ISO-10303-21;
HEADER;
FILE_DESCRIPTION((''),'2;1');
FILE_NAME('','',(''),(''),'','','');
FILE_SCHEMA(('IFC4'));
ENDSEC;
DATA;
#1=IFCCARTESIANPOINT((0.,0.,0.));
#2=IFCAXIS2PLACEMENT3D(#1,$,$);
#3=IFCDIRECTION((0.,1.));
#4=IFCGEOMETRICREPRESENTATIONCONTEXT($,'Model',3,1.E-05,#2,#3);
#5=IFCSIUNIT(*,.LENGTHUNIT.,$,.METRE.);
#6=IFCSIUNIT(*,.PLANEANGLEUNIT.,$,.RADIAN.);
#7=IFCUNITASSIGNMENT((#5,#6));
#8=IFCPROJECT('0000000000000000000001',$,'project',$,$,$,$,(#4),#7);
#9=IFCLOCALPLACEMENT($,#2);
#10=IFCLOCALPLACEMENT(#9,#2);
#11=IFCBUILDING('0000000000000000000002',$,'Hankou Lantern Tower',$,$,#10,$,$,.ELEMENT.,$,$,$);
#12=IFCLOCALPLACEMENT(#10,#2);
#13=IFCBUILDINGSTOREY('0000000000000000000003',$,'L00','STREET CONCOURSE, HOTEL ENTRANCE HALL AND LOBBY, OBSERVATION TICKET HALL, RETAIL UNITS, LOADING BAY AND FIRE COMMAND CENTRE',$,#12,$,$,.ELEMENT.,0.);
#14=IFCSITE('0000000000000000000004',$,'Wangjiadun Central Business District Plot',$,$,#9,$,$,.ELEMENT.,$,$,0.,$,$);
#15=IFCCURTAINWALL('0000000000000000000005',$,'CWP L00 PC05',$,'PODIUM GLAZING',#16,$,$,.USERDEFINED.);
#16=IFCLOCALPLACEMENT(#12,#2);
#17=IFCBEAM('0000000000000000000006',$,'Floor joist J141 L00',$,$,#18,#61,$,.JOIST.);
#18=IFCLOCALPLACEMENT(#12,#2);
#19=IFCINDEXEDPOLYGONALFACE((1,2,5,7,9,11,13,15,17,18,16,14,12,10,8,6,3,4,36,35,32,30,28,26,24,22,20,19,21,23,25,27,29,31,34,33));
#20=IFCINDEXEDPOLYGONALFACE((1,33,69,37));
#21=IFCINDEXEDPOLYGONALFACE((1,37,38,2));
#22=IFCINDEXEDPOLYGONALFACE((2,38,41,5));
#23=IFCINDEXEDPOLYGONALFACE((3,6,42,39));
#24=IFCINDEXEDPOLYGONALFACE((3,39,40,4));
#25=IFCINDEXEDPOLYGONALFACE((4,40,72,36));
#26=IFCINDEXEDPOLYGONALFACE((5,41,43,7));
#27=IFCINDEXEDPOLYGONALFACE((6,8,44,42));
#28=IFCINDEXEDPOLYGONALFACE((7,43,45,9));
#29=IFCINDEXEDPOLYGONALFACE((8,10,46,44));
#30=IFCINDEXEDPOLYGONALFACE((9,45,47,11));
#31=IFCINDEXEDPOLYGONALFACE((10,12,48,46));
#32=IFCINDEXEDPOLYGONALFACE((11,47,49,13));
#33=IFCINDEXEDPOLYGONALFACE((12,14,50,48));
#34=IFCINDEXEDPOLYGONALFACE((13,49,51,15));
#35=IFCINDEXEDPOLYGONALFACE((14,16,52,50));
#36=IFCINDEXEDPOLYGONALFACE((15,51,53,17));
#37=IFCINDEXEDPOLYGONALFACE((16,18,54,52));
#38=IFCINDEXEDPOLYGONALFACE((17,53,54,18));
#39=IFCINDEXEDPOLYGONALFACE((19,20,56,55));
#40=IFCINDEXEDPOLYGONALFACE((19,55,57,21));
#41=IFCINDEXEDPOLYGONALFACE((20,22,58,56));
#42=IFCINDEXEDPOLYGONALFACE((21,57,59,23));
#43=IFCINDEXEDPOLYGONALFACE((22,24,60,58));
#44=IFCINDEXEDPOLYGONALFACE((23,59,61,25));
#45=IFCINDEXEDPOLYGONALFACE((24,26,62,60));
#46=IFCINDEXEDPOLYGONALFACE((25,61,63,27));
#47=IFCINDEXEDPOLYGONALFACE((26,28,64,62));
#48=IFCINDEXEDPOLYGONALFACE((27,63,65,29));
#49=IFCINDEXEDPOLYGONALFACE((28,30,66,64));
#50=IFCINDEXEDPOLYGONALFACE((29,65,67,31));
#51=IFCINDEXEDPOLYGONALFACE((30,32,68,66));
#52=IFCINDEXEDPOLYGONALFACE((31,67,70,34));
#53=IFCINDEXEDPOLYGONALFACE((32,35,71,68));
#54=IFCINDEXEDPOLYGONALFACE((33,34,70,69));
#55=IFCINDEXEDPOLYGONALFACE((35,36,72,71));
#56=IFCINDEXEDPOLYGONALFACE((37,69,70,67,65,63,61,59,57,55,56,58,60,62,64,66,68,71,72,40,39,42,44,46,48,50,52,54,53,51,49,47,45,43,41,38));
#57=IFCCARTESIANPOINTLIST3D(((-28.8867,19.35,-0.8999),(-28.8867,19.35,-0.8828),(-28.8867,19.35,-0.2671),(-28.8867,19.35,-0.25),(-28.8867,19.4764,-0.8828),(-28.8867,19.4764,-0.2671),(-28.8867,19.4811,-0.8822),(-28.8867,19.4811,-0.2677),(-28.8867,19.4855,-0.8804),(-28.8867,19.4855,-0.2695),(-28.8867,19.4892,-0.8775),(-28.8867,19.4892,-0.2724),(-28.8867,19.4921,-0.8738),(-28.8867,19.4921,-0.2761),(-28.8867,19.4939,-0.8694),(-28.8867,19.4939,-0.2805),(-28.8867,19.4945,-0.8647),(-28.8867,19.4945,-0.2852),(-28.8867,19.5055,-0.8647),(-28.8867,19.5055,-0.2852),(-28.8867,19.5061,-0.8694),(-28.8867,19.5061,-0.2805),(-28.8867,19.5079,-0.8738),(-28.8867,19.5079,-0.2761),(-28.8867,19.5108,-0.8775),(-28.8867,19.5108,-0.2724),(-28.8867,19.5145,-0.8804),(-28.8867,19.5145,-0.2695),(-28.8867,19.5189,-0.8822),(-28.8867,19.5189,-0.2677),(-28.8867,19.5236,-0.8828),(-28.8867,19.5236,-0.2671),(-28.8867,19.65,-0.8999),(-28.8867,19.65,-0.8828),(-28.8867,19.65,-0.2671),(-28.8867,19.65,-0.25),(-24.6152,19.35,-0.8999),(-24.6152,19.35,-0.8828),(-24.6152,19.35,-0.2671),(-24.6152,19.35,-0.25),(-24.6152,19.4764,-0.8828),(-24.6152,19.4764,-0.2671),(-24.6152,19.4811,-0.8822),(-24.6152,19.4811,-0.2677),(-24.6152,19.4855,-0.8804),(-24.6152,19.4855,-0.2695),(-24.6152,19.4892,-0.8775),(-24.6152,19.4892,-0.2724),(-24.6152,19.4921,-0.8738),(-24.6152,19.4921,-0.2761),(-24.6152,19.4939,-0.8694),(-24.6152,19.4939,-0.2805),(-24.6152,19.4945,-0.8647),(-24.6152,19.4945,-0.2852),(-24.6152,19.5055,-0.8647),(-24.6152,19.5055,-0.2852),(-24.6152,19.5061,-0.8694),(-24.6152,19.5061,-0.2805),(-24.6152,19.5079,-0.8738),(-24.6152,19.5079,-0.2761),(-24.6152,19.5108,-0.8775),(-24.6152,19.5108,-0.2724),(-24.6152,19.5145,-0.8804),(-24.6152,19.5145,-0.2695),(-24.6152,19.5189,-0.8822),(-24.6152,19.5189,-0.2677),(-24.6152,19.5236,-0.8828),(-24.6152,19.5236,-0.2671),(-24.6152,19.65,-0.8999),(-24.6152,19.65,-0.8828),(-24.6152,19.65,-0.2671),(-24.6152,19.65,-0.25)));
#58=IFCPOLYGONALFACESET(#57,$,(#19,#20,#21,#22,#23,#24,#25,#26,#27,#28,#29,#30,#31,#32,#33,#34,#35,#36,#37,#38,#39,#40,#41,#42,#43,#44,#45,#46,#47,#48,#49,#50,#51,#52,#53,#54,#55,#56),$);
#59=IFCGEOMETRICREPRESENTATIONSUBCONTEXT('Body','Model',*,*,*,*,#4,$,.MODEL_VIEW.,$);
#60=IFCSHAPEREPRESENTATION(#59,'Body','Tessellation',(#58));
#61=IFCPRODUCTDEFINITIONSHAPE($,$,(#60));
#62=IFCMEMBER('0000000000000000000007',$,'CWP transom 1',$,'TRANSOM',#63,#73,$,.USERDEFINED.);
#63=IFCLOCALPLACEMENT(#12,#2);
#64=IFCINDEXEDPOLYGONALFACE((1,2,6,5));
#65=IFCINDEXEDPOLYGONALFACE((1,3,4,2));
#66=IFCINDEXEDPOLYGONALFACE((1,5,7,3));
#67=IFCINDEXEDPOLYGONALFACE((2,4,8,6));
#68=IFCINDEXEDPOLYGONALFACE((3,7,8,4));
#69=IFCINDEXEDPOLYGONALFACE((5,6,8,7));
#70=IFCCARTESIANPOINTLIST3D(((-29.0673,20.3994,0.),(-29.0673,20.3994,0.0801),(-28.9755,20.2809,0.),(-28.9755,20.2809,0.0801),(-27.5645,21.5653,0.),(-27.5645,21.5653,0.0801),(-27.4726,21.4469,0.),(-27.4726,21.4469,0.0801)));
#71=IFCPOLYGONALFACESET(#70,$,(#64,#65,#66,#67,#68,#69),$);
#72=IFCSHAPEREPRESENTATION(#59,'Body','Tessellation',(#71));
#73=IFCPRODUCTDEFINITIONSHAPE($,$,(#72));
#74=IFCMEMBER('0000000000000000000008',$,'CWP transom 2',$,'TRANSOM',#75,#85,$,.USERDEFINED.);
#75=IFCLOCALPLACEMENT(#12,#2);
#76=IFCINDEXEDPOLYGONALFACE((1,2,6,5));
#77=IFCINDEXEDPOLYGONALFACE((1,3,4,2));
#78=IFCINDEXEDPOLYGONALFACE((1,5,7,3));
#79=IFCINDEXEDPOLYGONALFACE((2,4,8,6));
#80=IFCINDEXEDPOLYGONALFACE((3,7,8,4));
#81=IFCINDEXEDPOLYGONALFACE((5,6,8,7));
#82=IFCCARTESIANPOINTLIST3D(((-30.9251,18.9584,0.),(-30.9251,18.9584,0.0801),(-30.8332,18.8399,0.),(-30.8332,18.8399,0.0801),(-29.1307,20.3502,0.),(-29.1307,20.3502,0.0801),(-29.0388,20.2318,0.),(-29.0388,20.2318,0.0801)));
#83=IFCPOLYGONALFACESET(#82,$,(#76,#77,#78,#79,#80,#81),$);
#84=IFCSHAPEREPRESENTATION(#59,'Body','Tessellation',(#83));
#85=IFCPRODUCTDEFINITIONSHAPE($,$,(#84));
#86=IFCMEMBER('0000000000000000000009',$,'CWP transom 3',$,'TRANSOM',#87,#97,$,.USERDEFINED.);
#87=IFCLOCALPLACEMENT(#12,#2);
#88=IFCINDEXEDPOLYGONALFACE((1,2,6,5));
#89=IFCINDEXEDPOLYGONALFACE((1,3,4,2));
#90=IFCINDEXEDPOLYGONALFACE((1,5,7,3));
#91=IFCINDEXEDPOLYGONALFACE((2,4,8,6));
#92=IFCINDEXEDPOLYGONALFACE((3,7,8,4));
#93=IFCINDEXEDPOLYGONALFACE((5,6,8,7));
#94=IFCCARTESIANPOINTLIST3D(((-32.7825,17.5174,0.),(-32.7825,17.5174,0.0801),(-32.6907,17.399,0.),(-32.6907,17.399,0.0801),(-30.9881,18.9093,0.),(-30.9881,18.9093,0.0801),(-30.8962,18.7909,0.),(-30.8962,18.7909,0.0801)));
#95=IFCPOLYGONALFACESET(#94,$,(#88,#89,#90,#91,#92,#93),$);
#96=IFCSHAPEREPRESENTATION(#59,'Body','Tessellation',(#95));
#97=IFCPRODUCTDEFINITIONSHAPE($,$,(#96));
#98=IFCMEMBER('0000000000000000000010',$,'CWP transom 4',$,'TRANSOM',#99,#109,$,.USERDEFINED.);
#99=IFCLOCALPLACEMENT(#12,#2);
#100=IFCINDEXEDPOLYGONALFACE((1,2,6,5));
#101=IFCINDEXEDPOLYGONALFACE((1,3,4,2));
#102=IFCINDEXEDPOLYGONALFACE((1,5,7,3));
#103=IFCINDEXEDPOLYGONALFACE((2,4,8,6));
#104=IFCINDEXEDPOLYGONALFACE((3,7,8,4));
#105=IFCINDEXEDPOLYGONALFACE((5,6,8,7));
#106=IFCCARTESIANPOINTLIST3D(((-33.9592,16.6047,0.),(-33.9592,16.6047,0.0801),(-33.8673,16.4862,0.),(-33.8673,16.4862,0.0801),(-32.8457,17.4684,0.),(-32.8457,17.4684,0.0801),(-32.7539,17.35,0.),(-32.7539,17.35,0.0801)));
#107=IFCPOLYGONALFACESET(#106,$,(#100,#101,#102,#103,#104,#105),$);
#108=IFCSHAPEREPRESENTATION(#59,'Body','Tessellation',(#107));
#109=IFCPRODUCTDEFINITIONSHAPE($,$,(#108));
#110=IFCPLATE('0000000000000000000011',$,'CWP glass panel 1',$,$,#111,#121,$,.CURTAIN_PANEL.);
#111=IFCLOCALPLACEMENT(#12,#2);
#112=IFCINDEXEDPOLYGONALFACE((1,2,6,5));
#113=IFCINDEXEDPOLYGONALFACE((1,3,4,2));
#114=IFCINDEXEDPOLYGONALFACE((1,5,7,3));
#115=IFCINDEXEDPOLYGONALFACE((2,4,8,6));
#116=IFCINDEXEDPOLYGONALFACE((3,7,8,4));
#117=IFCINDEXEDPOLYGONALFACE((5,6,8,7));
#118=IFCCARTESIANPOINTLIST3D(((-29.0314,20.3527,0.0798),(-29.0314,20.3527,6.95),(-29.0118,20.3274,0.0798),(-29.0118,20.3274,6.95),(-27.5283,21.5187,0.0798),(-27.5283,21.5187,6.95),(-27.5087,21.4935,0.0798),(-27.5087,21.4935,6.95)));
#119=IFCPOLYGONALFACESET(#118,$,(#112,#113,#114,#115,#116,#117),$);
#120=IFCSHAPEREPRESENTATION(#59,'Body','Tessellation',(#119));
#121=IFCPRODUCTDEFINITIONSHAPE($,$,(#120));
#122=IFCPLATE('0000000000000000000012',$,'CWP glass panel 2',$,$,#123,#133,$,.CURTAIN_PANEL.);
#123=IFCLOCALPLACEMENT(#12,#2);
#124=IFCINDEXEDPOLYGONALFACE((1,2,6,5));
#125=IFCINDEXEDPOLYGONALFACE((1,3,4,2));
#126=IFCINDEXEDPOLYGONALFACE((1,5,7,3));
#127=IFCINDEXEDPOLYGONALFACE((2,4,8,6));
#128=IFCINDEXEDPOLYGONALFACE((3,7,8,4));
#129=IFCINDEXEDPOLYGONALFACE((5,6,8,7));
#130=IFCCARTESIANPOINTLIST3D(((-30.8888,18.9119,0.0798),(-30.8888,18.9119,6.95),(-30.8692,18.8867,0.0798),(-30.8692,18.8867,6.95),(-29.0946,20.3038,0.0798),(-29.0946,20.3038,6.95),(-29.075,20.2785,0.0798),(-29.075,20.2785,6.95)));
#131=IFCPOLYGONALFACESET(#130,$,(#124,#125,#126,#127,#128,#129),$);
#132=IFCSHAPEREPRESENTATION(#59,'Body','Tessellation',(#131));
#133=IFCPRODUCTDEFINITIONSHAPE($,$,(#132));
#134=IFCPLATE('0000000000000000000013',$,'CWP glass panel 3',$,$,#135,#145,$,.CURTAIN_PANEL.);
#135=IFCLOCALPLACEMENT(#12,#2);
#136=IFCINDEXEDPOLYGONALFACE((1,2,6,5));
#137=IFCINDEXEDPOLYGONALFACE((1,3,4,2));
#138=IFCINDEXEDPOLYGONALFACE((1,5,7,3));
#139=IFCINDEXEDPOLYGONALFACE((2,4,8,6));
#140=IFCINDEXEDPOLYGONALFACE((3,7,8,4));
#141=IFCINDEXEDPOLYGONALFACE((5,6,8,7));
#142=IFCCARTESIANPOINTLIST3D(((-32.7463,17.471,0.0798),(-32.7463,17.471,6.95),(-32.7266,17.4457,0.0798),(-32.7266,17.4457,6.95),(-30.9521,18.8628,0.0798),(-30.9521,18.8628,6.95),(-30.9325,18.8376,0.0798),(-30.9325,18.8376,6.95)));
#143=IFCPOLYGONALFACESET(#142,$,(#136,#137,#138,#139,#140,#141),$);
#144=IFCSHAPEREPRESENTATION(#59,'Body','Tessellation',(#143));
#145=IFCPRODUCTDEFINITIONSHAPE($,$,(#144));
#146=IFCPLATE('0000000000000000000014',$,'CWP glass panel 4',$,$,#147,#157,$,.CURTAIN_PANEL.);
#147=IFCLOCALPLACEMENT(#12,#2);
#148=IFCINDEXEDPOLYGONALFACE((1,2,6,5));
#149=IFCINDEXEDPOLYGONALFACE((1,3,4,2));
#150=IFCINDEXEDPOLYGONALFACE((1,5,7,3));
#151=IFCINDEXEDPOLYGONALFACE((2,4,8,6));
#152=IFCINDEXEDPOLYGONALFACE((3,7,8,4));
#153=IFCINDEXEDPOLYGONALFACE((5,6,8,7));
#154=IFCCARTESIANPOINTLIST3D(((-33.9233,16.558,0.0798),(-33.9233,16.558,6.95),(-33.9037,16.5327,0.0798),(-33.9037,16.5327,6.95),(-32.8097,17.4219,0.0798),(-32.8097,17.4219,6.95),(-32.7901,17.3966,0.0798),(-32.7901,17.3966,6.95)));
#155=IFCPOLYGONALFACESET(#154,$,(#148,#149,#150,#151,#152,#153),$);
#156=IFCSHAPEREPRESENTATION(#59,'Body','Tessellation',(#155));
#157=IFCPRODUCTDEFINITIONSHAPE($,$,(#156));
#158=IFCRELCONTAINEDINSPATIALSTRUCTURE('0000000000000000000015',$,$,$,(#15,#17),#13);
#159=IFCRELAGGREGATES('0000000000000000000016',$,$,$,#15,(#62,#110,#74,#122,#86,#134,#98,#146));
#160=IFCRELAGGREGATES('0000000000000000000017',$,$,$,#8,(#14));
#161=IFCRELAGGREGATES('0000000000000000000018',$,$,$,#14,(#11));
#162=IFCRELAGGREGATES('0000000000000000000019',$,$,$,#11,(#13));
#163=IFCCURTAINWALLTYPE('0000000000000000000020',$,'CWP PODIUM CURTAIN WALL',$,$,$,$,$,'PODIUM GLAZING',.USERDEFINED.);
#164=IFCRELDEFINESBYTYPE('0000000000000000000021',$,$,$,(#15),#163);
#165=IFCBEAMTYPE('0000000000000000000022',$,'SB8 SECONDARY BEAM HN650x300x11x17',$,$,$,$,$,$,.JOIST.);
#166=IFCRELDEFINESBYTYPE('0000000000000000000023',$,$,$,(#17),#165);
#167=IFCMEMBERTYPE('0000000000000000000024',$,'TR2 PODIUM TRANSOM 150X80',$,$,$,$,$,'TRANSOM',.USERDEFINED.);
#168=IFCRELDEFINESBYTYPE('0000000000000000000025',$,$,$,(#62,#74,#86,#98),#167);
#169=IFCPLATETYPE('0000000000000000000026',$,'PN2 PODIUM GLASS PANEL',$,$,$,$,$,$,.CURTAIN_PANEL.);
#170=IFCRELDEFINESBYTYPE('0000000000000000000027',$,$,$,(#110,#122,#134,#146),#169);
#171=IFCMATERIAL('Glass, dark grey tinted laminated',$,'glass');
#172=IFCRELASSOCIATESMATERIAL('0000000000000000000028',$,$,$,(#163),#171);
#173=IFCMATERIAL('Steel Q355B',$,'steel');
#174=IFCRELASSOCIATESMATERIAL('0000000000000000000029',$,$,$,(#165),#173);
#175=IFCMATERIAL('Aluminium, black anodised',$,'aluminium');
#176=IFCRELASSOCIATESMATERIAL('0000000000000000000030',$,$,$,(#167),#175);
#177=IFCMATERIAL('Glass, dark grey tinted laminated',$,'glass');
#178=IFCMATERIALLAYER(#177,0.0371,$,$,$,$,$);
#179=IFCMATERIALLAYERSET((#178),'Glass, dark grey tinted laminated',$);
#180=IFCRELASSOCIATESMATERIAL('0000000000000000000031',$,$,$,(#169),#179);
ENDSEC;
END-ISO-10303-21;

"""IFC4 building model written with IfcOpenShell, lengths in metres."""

from ifc_helpers import new_model, si_unit, direction, frame, origin, origin_2d, place, context, subcontext, project, spatial, rectangle, i_section, extrude, material, layer, layer_set, material_profile, profile_set, type_object, element, aggregate, save


model = new_model("IFC4")

# Units and contexts
model_context = context("Model", 3, precision=1e-05, world=origin(), true_north=direction((0.0, 1.0)))
body_context = subcontext(model_context, "Body", "Model", "MODEL_VIEW")
ifc_project = project(units=[si_unit("LENGTHUNIT", "METRE"), si_unit("PLANEANGLEUNIT", "RADIAN")], contexts=[model_context])

# Site, building, storey
site_placement = place(None, origin())
site = spatial("IfcSite", under=ifc_project, at=site_placement, Name="Wangjiadun Central Business District Plot", CompositionType="ELEMENT", RefElevation=0.0)
building_placement = place(site_placement, origin())
building = spatial("IfcBuilding", under=site, at=building_placement, Name="Hankou Lantern Tower", CompositionType="ELEMENT")
storey_placement = place(building_placement, origin())
storey = spatial("IfcBuildingStorey", under=building, at=storey_placement, Name="L00", Description="STREET CONCOURSE, HOTEL ENTRANCE HALL AND LOBBY, OBSERVATION TICKET HALL, RETAIL UNITS, LOADING BAY AND FIRE COMMAND CENTRE", CompositionType="ELEMENT", Elevation=0.0)

# Curtain wall
ifc_material_1 = material(Name="Glass, dark grey tinted laminated", Category="glass")
curtain_wall_type = type_object("IfcCurtainWallType", Name="CWP PODIUM CURTAIN WALL", ElementType="PODIUM GLAZING", PredefinedType="USERDEFINED", material=ifc_material_1)
curtain_wall_placement = place(storey_placement, origin())
curtain_wall = element("IfcCurtainWall", 1, at=curtain_wall_placement, inside=storey, type_object=curtain_wall_type, Name="CWP L00 PC05", ObjectType="PODIUM GLAZING", PredefinedType="USERDEFINED")

# Beam
ifc_material_2 = material(Name="Steel Q355B", Category="steel")
ifc_material_profile_1 = material_profile(ifc_material_2, i_section(OverallWidth=0.3, OverallDepth=0.6499, WebThickness=0.011, FlangeThickness=0.0171, FilletRadius=0.0181, at=origin_2d()), Name="HN650x300x11x17")
ifc_profile_set_1 = profile_set([ifc_material_profile_1], Name="Steel Q355B")
beam_type_1 = type_object("IfcBeamType", Name="SB8 SECONDARY BEAM HN650x300x11x17", PredefinedType="JOIST", material=ifc_profile_set_1)
beam_1_placement = place(storey_placement, frame((-28.8867, 19.5, -0.575), z_axis=(1.0, 0.0, 0.0), x_axis=(0.0, 1.0, 0.0)))
element("IfcBeam", 2, at=beam_1_placement, inside=storey, type_object=beam_type_1, Name="Floor joist J141 L00", PredefinedType="JOIST", context=body_context, shape_type="SweptSolid", body=[
    extrude(i_section(OverallWidth=0.3, OverallDepth=0.6499, WebThickness=0.011, FlangeThickness=0.0171, FilletRadius=0.0181, at=origin_2d()), origin(), (0.0, 0.0, 1.0), 4.2715),
])

# Members
ifc_material_3 = material(Name="Aluminium, black anodised", Category="aluminium")
ifc_material_profile_2 = material_profile(ifc_material_3, rectangle(XDim=0.1499, YDim=0.0801, at=origin_2d()), Name="TR2 150X80")
ifc_profile_set_2 = profile_set([ifc_material_profile_2], Name="Aluminium, black anodised")
member_type_1 = type_object("IfcMemberType", Name="TR2 PODIUM TRANSOM 150X80", ElementType="TRANSOM", PredefinedType="USERDEFINED", material=ifc_profile_set_2)
member_1_placement = place(storey_placement, frame((-27.5186, 21.5061, 0.04), z_axis=(-0.790098, -0.612981, 0.0), x_axis=(0.612981, -0.790098, 0.0)))
member_1 = element("IfcMember", 3, at=member_1_placement, type_object=member_type_1, Name="CWP transom 1", ObjectType="TRANSOM", PredefinedType="USERDEFINED", context=body_context, shape_type="SweptSolid", body=[
    extrude(rectangle(XDim=0.1499, YDim=0.0801, at=origin_2d()), origin(), (0.0, 0.0, 1.0), 1.9021),
])
member_2_placement = place(storey_placement, frame((-29.0847, 20.291, 0.04), z_axis=(-0.790168, -0.612891, 0.0), x_axis=(0.612891, -0.790168, 0.0)))
member_2 = element("IfcMember", 4, at=member_2_placement, type_object=member_type_1, Name="CWP transom 2", ObjectType="TRANSOM", PredefinedType="USERDEFINED", context=body_context, shape_type="SweptSolid", body=[
    extrude(rectangle(XDim=0.1499, YDim=0.0801, at=origin_2d()), origin(), (0.0, 0.0, 1.0), 2.271),
])
member_3_placement = place(storey_placement, frame((-30.9421, 18.8501, 0.04), z_axis=(-0.790168, -0.612891, 0.0), x_axis=(0.612891, -0.790168, 0.0)))
member_3 = element("IfcMember", 5, at=member_3_placement, type_object=member_type_1, Name="CWP transom 3", ObjectType="TRANSOM", PredefinedType="USERDEFINED", context=body_context, shape_type="SweptSolid", body=[
    extrude(rectangle(XDim=0.1499, YDim=0.0801, at=origin_2d()), origin(), (0.0, 0.0, 1.0), 2.271),
])
member_4_placement = place(storey_placement, frame((-32.7998, 17.4092, 0.04), z_axis=(-0.790144, -0.612921, 0.0), x_axis=(0.612921, -0.790144, 0.0)))
member_4 = element("IfcMember", 6, at=member_4_placement, type_object=member_type_1, Name="CWP transom 4", ObjectType="TRANSOM", PredefinedType="USERDEFINED", context=body_context, shape_type="SweptSolid", body=[
    extrude(rectangle(XDim=0.1499, YDim=0.0801, at=origin_2d()), origin(), (0.0, 0.0, 1.0), 1.4092),
])

# Plates
ifc_material_4 = material(Name="Glass, dark grey tinted laminated", Category="glass")
ifc_layer = layer(ifc_material_4, 0.0371)
ifc_layer_set = layer_set([ifc_layer], Name="Glass, dark grey tinted laminated")
plate_type = type_object("IfcPlateType", Name="PN2 PODIUM GLASS PANEL", PredefinedType="CURTAIN_PANEL", material=ifc_layer_set)
plate_1_placement = place(storey_placement, frame((-28.27, 20.9231, 0.0798), z_axis=(0.0, 0.0, 1.0), x_axis=(-0.79013, -0.61294, 0.0)))
plate_1 = element("IfcPlate", 7, at=plate_1_placement, type_object=plate_type, Name="CWP glass panel 1", PredefinedType="CURTAIN_PANEL", context=body_context, shape_type="SweptSolid", body=[
    extrude(rectangle(XDim=1.9023, YDim=0.032, at=origin_2d()), origin(), (0.0, 0.0, 1.0), 6.8701),
])
plate_2_placement = place(storey_placement, frame((-29.9819, 19.5952, 0.0798), z_axis=(0.0, 0.0, 1.0), x_axis=(-0.79013, -0.61294, 0.0)))
plate_2 = element("IfcPlate", 8, at=plate_2_placement, type_object=plate_type, Name="CWP glass panel 2", PredefinedType="CURTAIN_PANEL", context=body_context, shape_type="SweptSolid", body=[
    extrude(rectangle(XDim=2.2708, YDim=0.032, at=origin_2d()), origin(), (0.0, 0.0, 1.0), 6.8701),
])
plate_3_placement = place(storey_placement, frame((-31.8394, 18.1543, 0.0798), z_axis=(0.0, 0.0, 1.0), x_axis=(-0.79013, -0.61294, 0.0)))
plate_3 = element("IfcPlate", 9, at=plate_3_placement, type_object=plate_type, Name="CWP glass panel 3", PredefinedType="CURTAIN_PANEL", context=body_context, shape_type="SweptSolid", body=[
    extrude(rectangle(XDim=2.2708, YDim=0.032, at=origin_2d()), origin(), (0.0, 0.0, 1.0), 6.8701),
])
plate_4_placement = place(storey_placement, frame((-33.3567, 16.9773, 0.0798), z_axis=(0.0, 0.0, 1.0), x_axis=(-0.79013, -0.61294, 0.0)))
plate_4 = element("IfcPlate", 10, at=plate_4_placement, type_object=plate_type, Name="CWP glass panel 4", PredefinedType="CURTAIN_PANEL", context=body_context, shape_type="SweptSolid", body=[
    extrude(rectangle(XDim=1.4094, YDim=0.032, at=origin_2d()), origin(), (0.0, 0.0, 1.0), 6.8701),
])
aggregate(curtain_wall, [member_1, plate_1, member_2, plate_2, member_3, plate_3, member_4, plate_4])

save(model, "model.ifc")
